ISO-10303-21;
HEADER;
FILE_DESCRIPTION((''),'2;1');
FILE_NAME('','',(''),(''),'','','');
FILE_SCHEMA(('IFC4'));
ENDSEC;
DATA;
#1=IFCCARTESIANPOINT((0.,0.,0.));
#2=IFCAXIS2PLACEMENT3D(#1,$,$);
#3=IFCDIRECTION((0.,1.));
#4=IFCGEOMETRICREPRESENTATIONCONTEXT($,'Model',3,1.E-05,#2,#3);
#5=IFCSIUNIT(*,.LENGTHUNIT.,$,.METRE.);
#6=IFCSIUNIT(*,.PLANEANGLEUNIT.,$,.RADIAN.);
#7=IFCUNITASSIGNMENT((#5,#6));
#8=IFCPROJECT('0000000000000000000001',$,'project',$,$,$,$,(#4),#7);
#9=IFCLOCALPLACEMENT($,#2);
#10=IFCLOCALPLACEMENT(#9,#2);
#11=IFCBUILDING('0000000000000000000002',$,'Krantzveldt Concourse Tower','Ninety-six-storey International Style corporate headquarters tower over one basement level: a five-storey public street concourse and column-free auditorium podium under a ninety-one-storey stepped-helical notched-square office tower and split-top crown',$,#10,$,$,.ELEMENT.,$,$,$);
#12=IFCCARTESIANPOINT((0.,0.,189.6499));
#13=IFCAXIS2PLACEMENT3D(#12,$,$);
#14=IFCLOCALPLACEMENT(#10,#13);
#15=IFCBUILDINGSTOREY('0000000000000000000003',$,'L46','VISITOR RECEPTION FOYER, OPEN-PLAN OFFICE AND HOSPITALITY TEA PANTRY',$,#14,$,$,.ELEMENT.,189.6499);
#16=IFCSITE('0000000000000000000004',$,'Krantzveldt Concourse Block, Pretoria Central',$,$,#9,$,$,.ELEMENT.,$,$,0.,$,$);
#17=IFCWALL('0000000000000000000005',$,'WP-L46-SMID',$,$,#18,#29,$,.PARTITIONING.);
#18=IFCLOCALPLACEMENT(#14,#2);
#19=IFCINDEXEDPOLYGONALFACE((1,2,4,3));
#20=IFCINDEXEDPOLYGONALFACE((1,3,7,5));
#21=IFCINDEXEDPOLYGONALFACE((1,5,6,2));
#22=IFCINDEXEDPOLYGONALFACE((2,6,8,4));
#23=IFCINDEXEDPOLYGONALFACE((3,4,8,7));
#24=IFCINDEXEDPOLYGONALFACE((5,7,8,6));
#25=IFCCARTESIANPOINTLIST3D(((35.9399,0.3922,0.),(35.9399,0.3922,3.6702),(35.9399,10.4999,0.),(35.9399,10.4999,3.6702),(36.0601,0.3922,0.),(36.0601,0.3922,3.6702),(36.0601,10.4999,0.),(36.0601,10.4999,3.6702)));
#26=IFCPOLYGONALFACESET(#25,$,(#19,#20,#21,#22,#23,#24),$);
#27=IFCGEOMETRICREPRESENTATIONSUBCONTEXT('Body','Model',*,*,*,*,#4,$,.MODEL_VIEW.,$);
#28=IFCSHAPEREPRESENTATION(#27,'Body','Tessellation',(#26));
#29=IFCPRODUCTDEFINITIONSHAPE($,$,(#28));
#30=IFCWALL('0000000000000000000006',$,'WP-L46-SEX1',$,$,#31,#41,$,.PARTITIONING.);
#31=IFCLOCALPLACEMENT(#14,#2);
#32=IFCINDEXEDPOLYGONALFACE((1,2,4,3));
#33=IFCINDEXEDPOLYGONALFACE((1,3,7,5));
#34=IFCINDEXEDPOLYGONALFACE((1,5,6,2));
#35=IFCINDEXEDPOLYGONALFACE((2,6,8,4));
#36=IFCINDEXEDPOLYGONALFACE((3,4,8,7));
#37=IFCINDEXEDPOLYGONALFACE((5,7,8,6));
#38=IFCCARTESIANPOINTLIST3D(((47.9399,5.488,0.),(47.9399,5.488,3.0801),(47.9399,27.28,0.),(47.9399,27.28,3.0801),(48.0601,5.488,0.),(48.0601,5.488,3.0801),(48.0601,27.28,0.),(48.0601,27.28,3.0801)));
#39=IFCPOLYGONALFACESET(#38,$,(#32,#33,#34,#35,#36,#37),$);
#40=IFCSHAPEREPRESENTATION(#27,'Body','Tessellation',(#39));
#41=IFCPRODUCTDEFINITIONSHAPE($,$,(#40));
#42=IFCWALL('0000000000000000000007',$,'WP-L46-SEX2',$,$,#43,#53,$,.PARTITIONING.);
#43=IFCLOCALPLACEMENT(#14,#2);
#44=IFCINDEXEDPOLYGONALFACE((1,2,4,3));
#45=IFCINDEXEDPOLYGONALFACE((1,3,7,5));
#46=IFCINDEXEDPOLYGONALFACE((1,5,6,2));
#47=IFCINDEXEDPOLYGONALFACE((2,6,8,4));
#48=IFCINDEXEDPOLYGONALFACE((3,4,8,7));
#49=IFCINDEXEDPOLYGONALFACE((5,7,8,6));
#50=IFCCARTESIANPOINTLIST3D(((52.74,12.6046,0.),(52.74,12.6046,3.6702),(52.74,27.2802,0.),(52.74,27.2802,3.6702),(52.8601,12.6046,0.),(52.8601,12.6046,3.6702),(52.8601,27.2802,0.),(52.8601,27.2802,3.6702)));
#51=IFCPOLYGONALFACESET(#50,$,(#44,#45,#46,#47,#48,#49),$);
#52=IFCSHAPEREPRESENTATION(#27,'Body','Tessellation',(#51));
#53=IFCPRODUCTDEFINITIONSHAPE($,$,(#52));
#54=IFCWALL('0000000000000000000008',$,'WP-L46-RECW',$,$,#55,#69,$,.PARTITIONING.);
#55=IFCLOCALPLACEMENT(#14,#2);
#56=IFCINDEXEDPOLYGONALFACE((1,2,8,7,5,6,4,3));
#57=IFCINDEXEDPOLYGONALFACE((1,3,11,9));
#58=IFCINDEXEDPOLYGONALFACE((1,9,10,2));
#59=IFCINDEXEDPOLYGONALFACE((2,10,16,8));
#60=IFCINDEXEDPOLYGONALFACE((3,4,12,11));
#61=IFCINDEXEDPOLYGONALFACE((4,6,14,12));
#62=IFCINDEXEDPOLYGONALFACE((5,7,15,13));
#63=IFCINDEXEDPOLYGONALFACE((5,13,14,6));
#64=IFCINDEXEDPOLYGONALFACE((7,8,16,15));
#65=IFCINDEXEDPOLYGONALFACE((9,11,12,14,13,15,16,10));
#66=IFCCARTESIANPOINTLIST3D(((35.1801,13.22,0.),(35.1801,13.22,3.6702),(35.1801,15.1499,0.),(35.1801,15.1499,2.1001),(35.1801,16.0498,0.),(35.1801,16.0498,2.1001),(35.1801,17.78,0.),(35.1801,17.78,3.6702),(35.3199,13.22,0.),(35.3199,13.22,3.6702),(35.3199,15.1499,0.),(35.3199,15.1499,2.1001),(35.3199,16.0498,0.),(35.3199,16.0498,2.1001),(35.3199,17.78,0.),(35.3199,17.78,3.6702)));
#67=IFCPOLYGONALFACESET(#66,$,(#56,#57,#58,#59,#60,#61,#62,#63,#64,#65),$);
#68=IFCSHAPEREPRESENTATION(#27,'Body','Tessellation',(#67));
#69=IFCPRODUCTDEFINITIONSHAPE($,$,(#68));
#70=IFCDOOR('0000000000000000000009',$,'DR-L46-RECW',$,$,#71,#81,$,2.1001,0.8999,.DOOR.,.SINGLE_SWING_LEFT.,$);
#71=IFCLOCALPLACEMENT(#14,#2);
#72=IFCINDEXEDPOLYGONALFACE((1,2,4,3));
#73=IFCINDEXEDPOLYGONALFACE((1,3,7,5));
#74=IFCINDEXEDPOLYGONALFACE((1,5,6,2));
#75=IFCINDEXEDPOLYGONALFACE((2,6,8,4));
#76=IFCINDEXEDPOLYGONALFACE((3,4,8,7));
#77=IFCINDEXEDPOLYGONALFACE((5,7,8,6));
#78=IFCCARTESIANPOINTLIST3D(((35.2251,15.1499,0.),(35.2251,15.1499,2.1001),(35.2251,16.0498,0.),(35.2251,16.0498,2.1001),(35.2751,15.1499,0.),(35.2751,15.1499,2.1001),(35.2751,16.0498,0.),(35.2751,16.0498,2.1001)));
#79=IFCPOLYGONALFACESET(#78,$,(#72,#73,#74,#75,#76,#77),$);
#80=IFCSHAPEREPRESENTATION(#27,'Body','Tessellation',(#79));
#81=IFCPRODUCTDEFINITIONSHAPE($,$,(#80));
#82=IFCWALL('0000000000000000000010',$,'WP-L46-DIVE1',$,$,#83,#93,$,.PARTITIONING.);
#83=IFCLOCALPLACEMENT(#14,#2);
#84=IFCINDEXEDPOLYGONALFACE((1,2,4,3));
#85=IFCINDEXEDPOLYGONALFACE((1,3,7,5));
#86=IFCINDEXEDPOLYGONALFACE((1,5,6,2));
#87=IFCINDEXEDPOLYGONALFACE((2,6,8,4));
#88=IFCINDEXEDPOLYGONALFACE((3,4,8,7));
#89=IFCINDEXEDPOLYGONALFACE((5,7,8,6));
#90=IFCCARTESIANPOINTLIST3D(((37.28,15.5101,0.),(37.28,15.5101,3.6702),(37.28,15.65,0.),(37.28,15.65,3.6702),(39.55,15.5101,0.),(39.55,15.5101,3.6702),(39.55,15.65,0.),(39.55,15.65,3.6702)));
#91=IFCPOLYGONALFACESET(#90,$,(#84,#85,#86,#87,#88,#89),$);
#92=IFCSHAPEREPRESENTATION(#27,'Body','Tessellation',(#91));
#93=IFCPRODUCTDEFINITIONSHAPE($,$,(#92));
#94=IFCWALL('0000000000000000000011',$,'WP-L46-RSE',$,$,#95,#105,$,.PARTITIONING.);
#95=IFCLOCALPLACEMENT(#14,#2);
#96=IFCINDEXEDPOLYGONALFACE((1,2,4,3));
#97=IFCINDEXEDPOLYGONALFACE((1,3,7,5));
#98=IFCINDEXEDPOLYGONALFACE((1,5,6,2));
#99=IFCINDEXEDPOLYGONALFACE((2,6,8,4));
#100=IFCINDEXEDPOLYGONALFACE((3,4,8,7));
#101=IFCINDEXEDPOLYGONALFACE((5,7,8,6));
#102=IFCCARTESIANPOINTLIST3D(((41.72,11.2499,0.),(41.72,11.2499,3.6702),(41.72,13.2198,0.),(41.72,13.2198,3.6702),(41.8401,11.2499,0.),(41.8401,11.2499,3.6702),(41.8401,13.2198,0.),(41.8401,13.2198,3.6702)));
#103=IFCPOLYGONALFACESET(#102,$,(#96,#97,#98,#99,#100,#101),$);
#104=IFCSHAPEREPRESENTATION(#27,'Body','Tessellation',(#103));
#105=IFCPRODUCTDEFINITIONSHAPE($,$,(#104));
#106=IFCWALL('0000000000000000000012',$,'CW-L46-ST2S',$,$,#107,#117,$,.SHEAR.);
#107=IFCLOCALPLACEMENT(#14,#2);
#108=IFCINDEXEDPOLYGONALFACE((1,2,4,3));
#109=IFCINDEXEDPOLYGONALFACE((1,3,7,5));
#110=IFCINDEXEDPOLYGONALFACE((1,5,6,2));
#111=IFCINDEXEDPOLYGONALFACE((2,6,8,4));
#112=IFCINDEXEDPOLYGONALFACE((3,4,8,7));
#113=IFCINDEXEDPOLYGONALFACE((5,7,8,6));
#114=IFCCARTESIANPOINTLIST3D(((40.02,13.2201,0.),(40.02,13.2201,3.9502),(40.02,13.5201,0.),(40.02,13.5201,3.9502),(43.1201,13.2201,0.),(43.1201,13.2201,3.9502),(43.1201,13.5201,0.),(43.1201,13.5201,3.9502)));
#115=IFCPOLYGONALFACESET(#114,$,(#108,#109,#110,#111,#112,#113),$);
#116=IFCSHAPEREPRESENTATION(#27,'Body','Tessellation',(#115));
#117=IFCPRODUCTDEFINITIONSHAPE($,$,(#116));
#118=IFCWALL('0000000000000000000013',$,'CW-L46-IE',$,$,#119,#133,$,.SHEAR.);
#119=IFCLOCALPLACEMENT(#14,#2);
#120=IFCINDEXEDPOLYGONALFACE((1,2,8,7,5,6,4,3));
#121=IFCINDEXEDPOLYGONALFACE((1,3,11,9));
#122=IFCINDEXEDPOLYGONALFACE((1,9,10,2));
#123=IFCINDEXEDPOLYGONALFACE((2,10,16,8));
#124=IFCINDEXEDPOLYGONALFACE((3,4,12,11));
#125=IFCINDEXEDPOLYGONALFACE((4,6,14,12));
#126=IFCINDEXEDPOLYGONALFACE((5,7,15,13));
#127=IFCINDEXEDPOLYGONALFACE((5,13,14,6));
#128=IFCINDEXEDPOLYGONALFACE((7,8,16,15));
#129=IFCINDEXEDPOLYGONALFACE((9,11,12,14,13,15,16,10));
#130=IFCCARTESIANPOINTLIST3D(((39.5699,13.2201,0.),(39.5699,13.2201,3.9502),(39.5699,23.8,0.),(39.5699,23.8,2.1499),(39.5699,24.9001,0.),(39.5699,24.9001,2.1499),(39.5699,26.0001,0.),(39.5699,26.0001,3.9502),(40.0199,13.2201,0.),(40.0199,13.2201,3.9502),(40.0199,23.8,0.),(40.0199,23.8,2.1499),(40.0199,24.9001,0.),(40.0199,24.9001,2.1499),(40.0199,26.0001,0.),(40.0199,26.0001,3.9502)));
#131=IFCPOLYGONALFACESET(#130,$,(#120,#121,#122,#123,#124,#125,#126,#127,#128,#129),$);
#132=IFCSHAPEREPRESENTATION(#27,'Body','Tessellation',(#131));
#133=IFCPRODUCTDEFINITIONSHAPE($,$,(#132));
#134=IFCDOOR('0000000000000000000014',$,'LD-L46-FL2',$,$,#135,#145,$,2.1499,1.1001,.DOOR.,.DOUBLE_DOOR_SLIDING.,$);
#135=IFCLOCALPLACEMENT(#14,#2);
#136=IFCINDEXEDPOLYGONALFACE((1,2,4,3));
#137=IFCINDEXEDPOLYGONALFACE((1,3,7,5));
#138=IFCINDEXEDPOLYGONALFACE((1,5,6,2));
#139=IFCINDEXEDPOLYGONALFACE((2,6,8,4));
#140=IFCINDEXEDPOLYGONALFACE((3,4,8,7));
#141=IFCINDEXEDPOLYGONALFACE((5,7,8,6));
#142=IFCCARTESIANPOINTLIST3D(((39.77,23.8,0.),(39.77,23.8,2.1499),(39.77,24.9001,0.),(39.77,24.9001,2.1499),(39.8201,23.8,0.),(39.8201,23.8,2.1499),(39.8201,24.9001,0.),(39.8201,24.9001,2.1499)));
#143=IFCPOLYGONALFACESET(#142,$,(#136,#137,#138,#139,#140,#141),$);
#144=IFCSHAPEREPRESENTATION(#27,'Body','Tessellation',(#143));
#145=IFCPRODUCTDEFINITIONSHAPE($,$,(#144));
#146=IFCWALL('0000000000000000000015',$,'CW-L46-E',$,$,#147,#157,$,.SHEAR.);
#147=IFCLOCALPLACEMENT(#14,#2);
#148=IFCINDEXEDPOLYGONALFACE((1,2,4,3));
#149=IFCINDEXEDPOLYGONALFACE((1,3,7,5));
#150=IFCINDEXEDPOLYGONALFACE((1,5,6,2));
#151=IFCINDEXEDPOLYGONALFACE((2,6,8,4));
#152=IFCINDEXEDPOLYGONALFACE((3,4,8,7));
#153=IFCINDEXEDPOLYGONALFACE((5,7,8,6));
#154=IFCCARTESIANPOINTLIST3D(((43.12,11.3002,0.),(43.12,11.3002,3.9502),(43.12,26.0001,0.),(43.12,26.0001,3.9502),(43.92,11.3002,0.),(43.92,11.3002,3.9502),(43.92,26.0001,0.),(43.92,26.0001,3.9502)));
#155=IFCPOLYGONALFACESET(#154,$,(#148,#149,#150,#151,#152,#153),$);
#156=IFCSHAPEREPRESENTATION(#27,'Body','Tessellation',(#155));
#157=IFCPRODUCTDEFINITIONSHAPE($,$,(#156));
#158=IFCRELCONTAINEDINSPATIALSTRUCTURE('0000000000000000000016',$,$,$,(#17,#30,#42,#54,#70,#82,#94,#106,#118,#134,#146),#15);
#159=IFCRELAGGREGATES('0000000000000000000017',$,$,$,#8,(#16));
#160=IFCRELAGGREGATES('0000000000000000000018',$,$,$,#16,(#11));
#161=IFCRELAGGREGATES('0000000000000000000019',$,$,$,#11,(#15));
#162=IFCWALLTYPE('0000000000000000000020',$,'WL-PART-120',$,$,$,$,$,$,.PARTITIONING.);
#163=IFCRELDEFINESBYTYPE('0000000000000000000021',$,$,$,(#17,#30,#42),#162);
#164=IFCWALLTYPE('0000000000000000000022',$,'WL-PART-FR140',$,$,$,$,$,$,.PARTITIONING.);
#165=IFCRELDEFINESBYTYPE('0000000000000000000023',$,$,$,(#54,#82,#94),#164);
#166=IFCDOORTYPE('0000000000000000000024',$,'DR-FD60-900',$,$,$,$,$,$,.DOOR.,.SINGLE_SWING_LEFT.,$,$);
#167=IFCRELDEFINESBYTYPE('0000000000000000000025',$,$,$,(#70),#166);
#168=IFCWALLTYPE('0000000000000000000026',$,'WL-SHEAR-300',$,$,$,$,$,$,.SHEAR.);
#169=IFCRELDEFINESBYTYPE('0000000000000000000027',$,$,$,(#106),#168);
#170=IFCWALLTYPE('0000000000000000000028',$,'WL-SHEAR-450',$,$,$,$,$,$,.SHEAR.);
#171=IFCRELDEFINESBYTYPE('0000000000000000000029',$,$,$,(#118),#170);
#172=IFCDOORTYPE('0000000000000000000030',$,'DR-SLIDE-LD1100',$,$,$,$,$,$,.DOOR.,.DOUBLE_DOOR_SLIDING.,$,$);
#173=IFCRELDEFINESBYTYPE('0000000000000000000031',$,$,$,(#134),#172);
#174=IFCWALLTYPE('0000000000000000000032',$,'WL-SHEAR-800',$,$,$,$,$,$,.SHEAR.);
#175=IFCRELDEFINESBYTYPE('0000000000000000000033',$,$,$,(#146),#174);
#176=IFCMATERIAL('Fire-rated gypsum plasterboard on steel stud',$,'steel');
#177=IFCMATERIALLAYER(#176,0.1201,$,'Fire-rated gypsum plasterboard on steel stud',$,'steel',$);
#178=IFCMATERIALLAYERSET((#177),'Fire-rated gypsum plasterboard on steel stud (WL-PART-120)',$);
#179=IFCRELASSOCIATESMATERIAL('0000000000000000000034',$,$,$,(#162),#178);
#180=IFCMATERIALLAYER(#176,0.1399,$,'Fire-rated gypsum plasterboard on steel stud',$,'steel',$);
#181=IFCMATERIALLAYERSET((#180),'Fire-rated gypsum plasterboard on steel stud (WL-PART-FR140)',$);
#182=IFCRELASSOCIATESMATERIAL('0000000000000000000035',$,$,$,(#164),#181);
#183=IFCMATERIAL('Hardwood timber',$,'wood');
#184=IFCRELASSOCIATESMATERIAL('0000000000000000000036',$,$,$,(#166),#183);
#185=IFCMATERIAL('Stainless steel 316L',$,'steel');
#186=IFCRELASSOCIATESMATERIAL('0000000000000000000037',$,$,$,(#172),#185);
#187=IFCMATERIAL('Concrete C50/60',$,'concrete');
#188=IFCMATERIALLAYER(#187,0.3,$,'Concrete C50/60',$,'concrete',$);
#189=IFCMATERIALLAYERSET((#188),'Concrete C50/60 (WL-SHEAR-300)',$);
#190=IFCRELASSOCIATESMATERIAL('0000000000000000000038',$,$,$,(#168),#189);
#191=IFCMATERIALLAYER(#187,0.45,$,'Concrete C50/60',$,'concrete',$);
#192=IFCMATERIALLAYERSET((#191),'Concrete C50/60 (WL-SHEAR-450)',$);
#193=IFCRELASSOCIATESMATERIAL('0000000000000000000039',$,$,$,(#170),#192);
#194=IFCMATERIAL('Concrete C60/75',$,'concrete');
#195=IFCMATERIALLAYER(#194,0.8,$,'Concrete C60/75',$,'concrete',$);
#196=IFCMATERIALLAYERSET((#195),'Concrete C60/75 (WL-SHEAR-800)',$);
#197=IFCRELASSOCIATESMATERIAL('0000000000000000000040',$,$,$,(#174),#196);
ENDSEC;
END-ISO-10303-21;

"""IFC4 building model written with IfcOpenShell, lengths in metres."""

from ifc_helpers import new_model, si_unit, direction, frame, frame_2d, origin, place, context, subcontext, project, spatial, rectangle, extrude, material, layer, layer_set, type_object, element, fill, save


model = new_model("IFC4")

# Units and contexts
model_context = context("Model", 3, precision=1e-05, world=origin(), true_north=direction((0.0, 1.0)))
body_context = subcontext(model_context, "Body", "Model", "MODEL_VIEW")
ifc_project = project(units=[si_unit("LENGTHUNIT", "METRE"), si_unit("PLANEANGLEUNIT", "RADIAN")], contexts=[model_context])

# Site, building, storey
site_placement = place(None, origin())
site = spatial("IfcSite", under=ifc_project, at=site_placement, Name="Krantzveldt Concourse Block, Pretoria Central", CompositionType="ELEMENT", RefElevation=0.0)
building_placement = place(site_placement, origin())
building = spatial("IfcBuilding", under=site, at=building_placement, Name="Krantzveldt Concourse Tower", Description="Ninety-six-storey International Style corporate headquarters tower over one basement level: a five-storey public street concourse and column-free auditorium podium under a ninety-one-storey stepped-helical notched-square office tower and split-top crown", CompositionType="ELEMENT")
storey_placement = place(building_placement, frame((0.0, 0.0, 189.6499)))
storey = spatial("IfcBuildingStorey", under=building, at=storey_placement, Name="L46", Description="VISITOR RECEPTION FOYER, OPEN-PLAN OFFICE AND HOSPITALITY TEA PANTRY", CompositionType="ELEMENT", Elevation=189.6499)

# Shared definitions
ifc_material_1 = material(Name="Concrete C50/60", Category="concrete")

# Walls
ifc_material_2 = material(Name="Fire-rated gypsum plasterboard on steel stud", Category="steel")
ifc_layer_1 = layer(ifc_material_2, 0.1201, Name="Fire-rated gypsum plasterboard on steel stud", Category="steel")
ifc_layer_set_1 = layer_set([ifc_layer_1], Name="Fire-rated gypsum plasterboard on steel stud (WL-PART-120)")
wall_type_1 = type_object("IfcWallType", Name="WL-PART-120", PredefinedType="PARTITIONING", material=ifc_layer_set_1)
wall_1_placement = place(storey_placement, frame((36.0, 0.3923, 0.0), z_axis=(0.0, 0.0, 1.0), x_axis=(0.0, 1.0, 0.0)))
element("IfcWall", 1, at=wall_1_placement, inside=storey, type_object=wall_type_1, Name="WP-L46-SMID", PredefinedType="PARTITIONING", context=body_context, shape_type="SweptSolid", body=[
    extrude(rectangle(XDim=10.1077, YDim=0.1201, at=frame_2d((5.0537, 0.0))), origin(), (0.0, 0.0, 1.0), 3.6702),
])
wall_2_placement = place(storey_placement, frame((48.0, 5.488, 0.0), z_axis=(0.0, 0.0, 1.0), x_axis=(0.0, 1.0, 0.0)))
element("IfcWall", 2, at=wall_2_placement, inside=storey, type_object=wall_type_1, Name="WP-L46-SEX1", PredefinedType="PARTITIONING", context=body_context, shape_type="SweptSolid", body=[
    extrude(rectangle(XDim=21.792, YDim=0.1201, at=frame_2d((10.896, 0.0))), origin(), (0.0, 0.0, 1.0), 3.0801),
])
wall_3_placement = place(storey_placement, frame((52.8, 12.6045, 0.0), z_axis=(0.0, 0.0, 1.0), x_axis=(0.0, 1.0, 0.0)))
element("IfcWall", 3, at=wall_3_placement, inside=storey, type_object=wall_type_1, Name="WP-L46-SEX2", PredefinedType="PARTITIONING", context=body_context, shape_type="SweptSolid", body=[
    extrude(rectangle(XDim=14.6755, YDim=0.1201, at=frame_2d((7.3379, 0.0))), origin(), (0.0, 0.0, 1.0), 3.6702),
])

# Wall, opening, door
ifc_layer_2 = layer(ifc_material_2, 0.1399, Name="Fire-rated gypsum plasterboard on steel stud", Category="steel")
ifc_layer_set_2 = layer_set([ifc_layer_2], Name="Fire-rated gypsum plasterboard on steel stud (WL-PART-FR140)")
wall_type_2 = type_object("IfcWallType", Name="WL-PART-FR140", PredefinedType="PARTITIONING", material=ifc_layer_set_2)
wall_4_placement = place(storey_placement, frame((35.25, 13.22, 0.0), z_axis=(0.0, 0.0, 1.0), x_axis=(0.0, 1.0, 0.0)))
wall_4 = element("IfcWall", 4, at=wall_4_placement, inside=storey, type_object=wall_type_2, Name="WP-L46-RECW", PredefinedType="PARTITIONING", context=body_context, shape_type="SweptSolid", body=[
    extrude(rectangle(XDim=4.5601, YDim=0.1399, at=frame_2d((2.28, 0.0))), origin(), (0.0, 0.0, 1.0), 3.6702),
])
opening_1_placement = place(wall_4_placement, frame((1.9299, 0.0, 0.0)))
opening_1 = element("IfcOpeningElement", 5, at=opening_1_placement, cuts=wall_4, PredefinedType="OPENING", context=body_context, shape_type="SweptSolid", body=[
    extrude(rectangle(XDim=0.8999, YDim=2.1001, at=frame_2d((0.45, 1.05))), frame((0.0, 0.0801, 0.0), z_axis=(0.0, -1.0, 0.0), x_axis=(1.0, 0.0, 0.0)), (0.0, 0.0, 1.0), 0.1599),
])
ifc_material_3 = material(Name="Hardwood timber", Category="wood")
door_type_1 = type_object("IfcDoorType", Name="DR-FD60-900", OperationType="SINGLE_SWING_LEFT", PredefinedType="DOOR", material=ifc_material_3)
door_1_placement = place(opening_1_placement, origin())
door_1 = element("IfcDoor", 6, at=door_1_placement, inside=storey, type_object=door_type_1, Name="DR-L46-RECW", OperationType="SINGLE_SWING_LEFT", OverallHeight=2.1001, OverallWidth=0.8999, PredefinedType="DOOR", context=body_context, shape_type="SweptSolid", body=[
    extrude(rectangle(XDim=0.8999, YDim=2.1001, at=frame_2d((0.45, 1.05))), frame((0.0, 0.0249, 0.0), z_axis=(0.0, -1.0, 0.0), x_axis=(1.0, 0.0, 0.0)), (0.0, 0.0, 1.0), 0.05),
])
fill(opening_1, door_1)

# Shared definitions
ifc_material_4 = material(Name="Stainless steel 316L", Category="steel")
door_type_2 = type_object("IfcDoorType", Name="DR-SLIDE-LD1100", OperationType="DOUBLE_DOOR_SLIDING", PredefinedType="DOOR", material=ifc_material_4)

# Walls
wall_5_placement = place(storey_placement, frame((37.28, 15.5801, 0.0), z_axis=(0.0, 0.0, 1.0), x_axis=(1.0, 0.0, 0.0)))
element("IfcWall", 7, at=wall_5_placement, inside=storey, type_object=wall_type_2, Name="WP-L46-DIVE1", PredefinedType="PARTITIONING", context=body_context, shape_type="SweptSolid", body=[
    extrude(rectangle(XDim=2.27, YDim=0.1399, at=frame_2d((1.135, 0.0))), origin(), (0.0, 0.0, 1.0), 3.6702),
])
wall_6_placement = place(storey_placement, frame((41.78, 11.25, 0.0), z_axis=(0.0, 0.0, 1.0), x_axis=(0.0, 1.0, 0.0)))
element("IfcWall", 8, at=wall_6_placement, inside=storey, type_object=wall_type_2, Name="WP-L46-RSE", PredefinedType="PARTITIONING", context=body_context, shape_type="SweptSolid", body=[
    extrude(rectangle(XDim=1.97, YDim=0.1201, at=frame_2d((0.9849, 0.0))), origin(), (0.0, 0.0, 1.0), 3.6702),
])
ifc_layer_3 = layer(ifc_material_1, 0.3, Name="Concrete C50/60", Category="concrete")
ifc_layer_set_3 = layer_set([ifc_layer_3], Name="Concrete C50/60 (WL-SHEAR-300)")
wall_type_3 = type_object("IfcWallType", Name="WL-SHEAR-300", PredefinedType="SHEAR", material=ifc_layer_set_3)
wall_7_placement = place(storey_placement, frame((40.02, 13.3701, 0.0), z_axis=(0.0, 0.0, 1.0), x_axis=(1.0, 0.0, 0.0)))
element("IfcWall", 9, at=wall_7_placement, inside=storey, type_object=wall_type_3, Name="CW-L46-ST2S", PredefinedType="SHEAR", context=body_context, shape_type="SweptSolid", body=[
    extrude(rectangle(XDim=3.1001, YDim=0.3, at=frame_2d((1.55, 0.0))), origin(), (0.0, 0.0, 1.0), 3.9502),
])

# Wall, opening, door
ifc_layer_4 = layer(ifc_material_1, 0.45, Name="Concrete C50/60", Category="concrete")
ifc_layer_set_4 = layer_set([ifc_layer_4], Name="Concrete C50/60 (WL-SHEAR-450)")
wall_type_4 = type_object("IfcWallType", Name="WL-SHEAR-450", PredefinedType="SHEAR", material=ifc_layer_set_4)
wall_8_placement = place(storey_placement, frame((39.7949, 13.22, 0.0), z_axis=(0.0, 0.0, 1.0), x_axis=(0.0, 1.0, 0.0)))
wall_8 = element("IfcWall", 10, at=wall_8_placement, inside=storey, type_object=wall_type_4, Name="CW-L46-IE", PredefinedType="SHEAR", context=body_context, shape_type="SweptSolid", body=[
    extrude(rectangle(XDim=12.78, YDim=0.45, at=frame_2d((6.3901, 0.0))), origin(), (0.0, 0.0, 1.0), 3.9502),
])
opening_2_placement = place(wall_8_placement, frame((10.5801, 0.0, 0.0)))
opening_2 = element("IfcOpeningElement", 11, at=opening_2_placement, cuts=wall_8, PredefinedType="OPENING", context=body_context, shape_type="SweptSolid", body=[
    extrude(rectangle(XDim=1.1001, YDim=2.1499, at=frame_2d((0.55, 1.075))), frame((0.0, 0.2349, 0.0), z_axis=(0.0, -1.0, 0.0), x_axis=(1.0, 0.0, 0.0)), (0.0, 0.0, 1.0), 0.47),
])
door_2_placement = place(opening_2_placement, origin())
door_2 = element("IfcDoor", 12, at=door_2_placement, inside=storey, type_object=door_type_2, Name="LD-L46-FL2", OperationType="DOUBLE_DOOR_SLIDING", OverallHeight=2.1499, OverallWidth=1.1001, PredefinedType="DOOR", context=body_context, shape_type="SweptSolid", body=[
    extrude(rectangle(XDim=1.1001, YDim=2.1499, at=frame_2d((0.55, 1.075))), frame((0.0, 0.0249, 0.0), z_axis=(0.0, -1.0, 0.0), x_axis=(1.0, 0.0, 0.0)), (0.0, 0.0, 1.0), 0.05),
])
fill(opening_2, door_2)

# Wall
ifc_material_5 = material(Name="Concrete C60/75", Category="concrete")
ifc_layer_5 = layer(ifc_material_5, 0.8, Name="Concrete C60/75", Category="concrete")
ifc_layer_set_5 = layer_set([ifc_layer_5], Name="Concrete C60/75 (WL-SHEAR-800)")
wall_type_5 = type_object("IfcWallType", Name="WL-SHEAR-800", PredefinedType="SHEAR", material=ifc_layer_set_5)
wall_9_placement = place(storey_placement, frame((43.52, 11.3, 0.0), z_axis=(0.0, 0.0, 1.0), x_axis=(0.0, 1.0, 0.0)))
element("IfcWall", 13, at=wall_9_placement, inside=storey, type_object=wall_type_5, Name="CW-L46-E", PredefinedType="SHEAR", context=body_context, shape_type="SweptSolid", body=[
    extrude(rectangle(XDim=14.7, YDim=0.8, at=frame_2d((7.3501, 0.0))), origin(), (0.0, 0.0, 1.0), 3.9502),
])

save(model, "model.ifc")
